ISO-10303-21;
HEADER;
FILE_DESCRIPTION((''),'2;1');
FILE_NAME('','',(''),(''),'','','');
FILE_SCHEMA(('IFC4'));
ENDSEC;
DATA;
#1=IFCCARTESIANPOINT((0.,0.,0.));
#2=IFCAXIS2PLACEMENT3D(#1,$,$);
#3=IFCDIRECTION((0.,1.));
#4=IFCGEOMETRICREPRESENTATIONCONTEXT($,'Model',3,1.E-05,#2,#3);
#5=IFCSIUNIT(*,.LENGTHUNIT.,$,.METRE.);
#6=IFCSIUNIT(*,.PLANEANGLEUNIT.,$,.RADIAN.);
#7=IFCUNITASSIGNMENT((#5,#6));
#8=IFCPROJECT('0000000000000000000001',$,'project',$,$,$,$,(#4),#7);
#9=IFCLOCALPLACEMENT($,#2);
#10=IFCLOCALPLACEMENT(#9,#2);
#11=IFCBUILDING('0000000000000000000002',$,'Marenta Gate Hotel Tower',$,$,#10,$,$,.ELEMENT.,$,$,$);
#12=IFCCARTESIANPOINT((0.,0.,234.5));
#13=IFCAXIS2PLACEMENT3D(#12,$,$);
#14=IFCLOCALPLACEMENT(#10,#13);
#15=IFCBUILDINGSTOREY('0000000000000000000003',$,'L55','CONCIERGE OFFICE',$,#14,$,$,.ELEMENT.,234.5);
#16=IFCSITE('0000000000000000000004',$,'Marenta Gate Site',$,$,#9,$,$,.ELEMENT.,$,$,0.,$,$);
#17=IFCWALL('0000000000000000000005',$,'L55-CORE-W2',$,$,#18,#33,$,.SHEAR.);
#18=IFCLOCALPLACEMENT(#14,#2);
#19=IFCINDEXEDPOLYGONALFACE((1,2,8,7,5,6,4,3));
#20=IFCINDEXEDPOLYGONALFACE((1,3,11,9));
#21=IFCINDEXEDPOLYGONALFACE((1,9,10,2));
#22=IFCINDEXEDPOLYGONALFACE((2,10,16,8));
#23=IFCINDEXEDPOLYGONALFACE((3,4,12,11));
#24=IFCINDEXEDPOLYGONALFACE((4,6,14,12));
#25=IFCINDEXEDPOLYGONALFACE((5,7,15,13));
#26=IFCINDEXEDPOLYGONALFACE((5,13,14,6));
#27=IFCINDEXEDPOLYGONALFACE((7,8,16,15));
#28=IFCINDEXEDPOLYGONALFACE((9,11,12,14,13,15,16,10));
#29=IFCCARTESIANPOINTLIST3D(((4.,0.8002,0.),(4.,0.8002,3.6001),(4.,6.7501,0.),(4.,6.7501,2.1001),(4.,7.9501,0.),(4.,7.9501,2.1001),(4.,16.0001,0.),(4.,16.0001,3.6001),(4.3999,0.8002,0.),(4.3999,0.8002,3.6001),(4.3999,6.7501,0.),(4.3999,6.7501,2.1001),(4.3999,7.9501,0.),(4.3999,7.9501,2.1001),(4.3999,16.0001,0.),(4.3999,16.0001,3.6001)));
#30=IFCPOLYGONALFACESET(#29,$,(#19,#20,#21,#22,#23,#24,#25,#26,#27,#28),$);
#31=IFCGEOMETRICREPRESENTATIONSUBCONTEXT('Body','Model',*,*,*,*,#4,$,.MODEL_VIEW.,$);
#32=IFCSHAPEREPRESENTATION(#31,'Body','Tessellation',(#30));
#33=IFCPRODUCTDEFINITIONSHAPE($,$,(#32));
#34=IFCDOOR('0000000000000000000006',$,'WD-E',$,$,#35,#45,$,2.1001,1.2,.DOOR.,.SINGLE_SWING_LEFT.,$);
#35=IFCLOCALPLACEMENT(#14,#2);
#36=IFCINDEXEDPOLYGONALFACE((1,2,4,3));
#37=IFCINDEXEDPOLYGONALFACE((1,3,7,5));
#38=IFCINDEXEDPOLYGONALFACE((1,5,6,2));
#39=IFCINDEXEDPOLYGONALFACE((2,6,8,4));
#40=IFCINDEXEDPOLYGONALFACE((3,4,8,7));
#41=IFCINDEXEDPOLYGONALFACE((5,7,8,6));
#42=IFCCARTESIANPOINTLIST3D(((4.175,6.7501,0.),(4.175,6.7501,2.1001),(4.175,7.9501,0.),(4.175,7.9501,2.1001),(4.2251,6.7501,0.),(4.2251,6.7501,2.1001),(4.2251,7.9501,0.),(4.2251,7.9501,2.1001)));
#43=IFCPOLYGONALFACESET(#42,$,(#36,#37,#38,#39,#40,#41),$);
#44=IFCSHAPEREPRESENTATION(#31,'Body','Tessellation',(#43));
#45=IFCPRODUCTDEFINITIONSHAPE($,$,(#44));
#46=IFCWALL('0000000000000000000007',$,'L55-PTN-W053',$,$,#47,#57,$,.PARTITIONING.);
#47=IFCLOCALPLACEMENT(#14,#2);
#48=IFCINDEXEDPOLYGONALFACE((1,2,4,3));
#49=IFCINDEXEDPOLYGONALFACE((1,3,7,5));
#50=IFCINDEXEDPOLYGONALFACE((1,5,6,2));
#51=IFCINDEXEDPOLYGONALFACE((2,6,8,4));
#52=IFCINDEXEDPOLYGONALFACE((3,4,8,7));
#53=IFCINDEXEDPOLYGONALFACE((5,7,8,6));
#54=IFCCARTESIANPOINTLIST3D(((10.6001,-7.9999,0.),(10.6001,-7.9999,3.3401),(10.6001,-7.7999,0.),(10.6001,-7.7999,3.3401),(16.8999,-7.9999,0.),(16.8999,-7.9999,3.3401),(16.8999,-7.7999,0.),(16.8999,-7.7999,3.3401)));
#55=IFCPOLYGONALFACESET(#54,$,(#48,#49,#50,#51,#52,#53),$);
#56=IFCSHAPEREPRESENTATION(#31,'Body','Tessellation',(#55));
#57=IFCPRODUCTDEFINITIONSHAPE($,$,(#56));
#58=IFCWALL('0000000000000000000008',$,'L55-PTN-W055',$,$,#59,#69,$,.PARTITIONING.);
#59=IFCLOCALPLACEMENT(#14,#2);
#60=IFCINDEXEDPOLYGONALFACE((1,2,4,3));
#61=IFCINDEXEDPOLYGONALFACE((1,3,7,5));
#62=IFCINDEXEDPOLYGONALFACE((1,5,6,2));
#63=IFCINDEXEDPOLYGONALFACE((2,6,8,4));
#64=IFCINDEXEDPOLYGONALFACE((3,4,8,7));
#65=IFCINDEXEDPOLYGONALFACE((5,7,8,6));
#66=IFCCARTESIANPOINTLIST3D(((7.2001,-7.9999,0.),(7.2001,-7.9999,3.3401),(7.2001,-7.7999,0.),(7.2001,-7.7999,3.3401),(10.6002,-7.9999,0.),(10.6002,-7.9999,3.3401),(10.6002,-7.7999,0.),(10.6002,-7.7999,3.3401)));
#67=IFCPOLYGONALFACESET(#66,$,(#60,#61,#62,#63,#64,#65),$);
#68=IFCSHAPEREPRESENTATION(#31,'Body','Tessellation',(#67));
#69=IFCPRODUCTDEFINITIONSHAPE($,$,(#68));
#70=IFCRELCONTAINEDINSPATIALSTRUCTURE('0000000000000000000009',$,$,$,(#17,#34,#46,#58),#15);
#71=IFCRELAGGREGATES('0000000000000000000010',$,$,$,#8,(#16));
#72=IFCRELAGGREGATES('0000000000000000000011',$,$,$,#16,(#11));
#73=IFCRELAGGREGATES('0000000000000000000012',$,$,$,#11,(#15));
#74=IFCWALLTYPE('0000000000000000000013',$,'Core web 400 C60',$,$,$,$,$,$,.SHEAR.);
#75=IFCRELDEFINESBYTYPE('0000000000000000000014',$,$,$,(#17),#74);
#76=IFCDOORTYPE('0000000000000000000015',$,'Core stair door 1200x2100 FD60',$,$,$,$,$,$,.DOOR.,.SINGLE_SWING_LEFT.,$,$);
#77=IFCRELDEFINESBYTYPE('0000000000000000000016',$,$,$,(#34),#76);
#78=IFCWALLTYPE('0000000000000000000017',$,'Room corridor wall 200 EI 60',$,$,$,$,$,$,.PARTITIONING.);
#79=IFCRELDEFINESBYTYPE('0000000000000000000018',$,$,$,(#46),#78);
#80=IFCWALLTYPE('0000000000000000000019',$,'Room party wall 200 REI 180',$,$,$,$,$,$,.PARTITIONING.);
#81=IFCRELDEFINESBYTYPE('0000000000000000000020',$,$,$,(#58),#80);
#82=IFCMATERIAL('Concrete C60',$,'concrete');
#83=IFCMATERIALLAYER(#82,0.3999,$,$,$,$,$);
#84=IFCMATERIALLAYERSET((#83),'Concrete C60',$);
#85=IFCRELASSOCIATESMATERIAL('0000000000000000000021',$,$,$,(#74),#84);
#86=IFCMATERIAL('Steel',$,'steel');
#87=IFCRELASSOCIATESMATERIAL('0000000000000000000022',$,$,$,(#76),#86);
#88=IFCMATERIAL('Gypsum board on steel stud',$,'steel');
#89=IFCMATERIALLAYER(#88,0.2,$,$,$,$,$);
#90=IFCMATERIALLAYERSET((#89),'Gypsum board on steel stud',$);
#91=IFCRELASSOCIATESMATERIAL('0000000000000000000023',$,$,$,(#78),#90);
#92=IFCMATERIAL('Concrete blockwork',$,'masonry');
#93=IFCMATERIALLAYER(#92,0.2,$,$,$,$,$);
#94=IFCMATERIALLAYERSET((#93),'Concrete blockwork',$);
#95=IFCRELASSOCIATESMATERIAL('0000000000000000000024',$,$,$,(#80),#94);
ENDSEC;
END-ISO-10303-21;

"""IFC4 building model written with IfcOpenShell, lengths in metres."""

from ifc_helpers import new_model, si_unit, direction, frame, frame_2d, origin, place, context, subcontext, project, spatial, rectangle, extrude, material, layer, layer_set, type_object, element, fill, save


model = new_model("IFC4")

# Units and contexts
model_context = context("Model", 3, precision=1e-05, world=origin(), true_north=direction((0.0, 1.0)))
body_context = subcontext(model_context, "Body", "Model", "MODEL_VIEW")
ifc_project = project(units=[si_unit("LENGTHUNIT", "METRE"), si_unit("PLANEANGLEUNIT", "RADIAN")], contexts=[model_context])

# Site, building, storey
site_placement = place(None, origin())
site = spatial("IfcSite", under=ifc_project, at=site_placement, Name="Marenta Gate Site", CompositionType="ELEMENT", RefElevation=0.0)
building_placement = place(site_placement, origin())
building = spatial("IfcBuilding", under=site, at=building_placement, Name="Marenta Gate Hotel Tower", CompositionType="ELEMENT")
storey_placement = place(building_placement, frame((0.0, 0.0, 234.5)))
storey = spatial("IfcBuildingStorey", under=building, at=storey_placement, Name="L55", Description="CONCIERGE OFFICE", CompositionType="ELEMENT", Elevation=234.5)

# Wall, opening, door
ifc_material_1 = material(Name="Concrete C60", Category="concrete")
ifc_layer_1 = layer(ifc_material_1, 0.3999)
ifc_layer_set_1 = layer_set([ifc_layer_1], Name="Concrete C60")
wall_type_1 = type_object("IfcWallType", Name="Core web 400 C60", PredefinedType="SHEAR", material=ifc_layer_set_1)
wall_1_placement = place(storey_placement, frame((4.2, 0.8, 0.0), z_axis=(0.0, 0.0, 1.0), x_axis=(0.0, 1.0, 0.0)))
wall_1 = element("IfcWall", 1, at=wall_1_placement, inside=storey, type_object=wall_type_1, Name="L55-CORE-W2", PredefinedType="SHEAR", context=body_context, shape_type="SweptSolid", body=[
    extrude(rectangle(XDim=15.2, YDim=0.3999, at=frame_2d((7.6001, 0.0))), origin(), (0.0, 0.0, 1.0), 3.6001),
])
opening_1_placement = place(wall_1_placement, frame((5.95, 0.0, 0.0)))
opening_1 = element("IfcOpeningElement", 2, at=opening_1_placement, cuts=wall_1, PredefinedType="OPENING", context=body_context, shape_type="SweptSolid", body=[
    extrude(rectangle(XDim=1.2, YDim=2.1001, at=frame_2d((0.6001, 1.05))), frame((0.0, 0.2, 0.0), z_axis=(0.0, -1.0, 0.0), x_axis=(1.0, 0.0, 0.0)), (0.0, 0.0, 1.0), 0.3999),
])
ifc_material_2 = material(Name="Steel", Category="steel")
door_type_1 = type_object("IfcDoorType", Name="Core stair door 1200x2100 FD60", OperationType="SINGLE_SWING_LEFT", PredefinedType="DOOR", material=ifc_material_2)
door_1_placement = place(opening_1_placement, origin())
door_1 = element("IfcDoor", 3, at=door_1_placement, inside=storey, type_object=door_type_1, Name="WD-E", OperationType="SINGLE_SWING_LEFT", OverallHeight=2.1001, OverallWidth=1.2, PredefinedType="DOOR", context=body_context, shape_type="SweptSolid", body=[
    extrude(rectangle(XDim=1.2, YDim=2.1001, at=frame_2d((0.6001, 1.05))), frame((0.0, 0.0249, 0.0), z_axis=(0.0, -1.0, 0.0), x_axis=(1.0, 0.0, 0.0)), (0.0, 0.0, 1.0), 0.05),
])
fill(opening_1, door_1)

# Walls
ifc_material_3 = material(Name="Gypsum board on steel stud", Category="steel")
ifc_layer_2 = layer(ifc_material_3, 0.2)
ifc_layer_set_2 = layer_set([ifc_layer_2], Name="Gypsum board on steel stud")
wall_type_2 = type_object("IfcWallType", Name="Room corridor wall 200 EI 60", PredefinedType="PARTITIONING", material=ifc_layer_set_2)
wall_2_placement = place(storey_placement, frame((10.6001, -7.8999, 0.0), z_axis=(0.0, 0.0, 1.0), x_axis=(1.0, 0.0, 0.0)))
element("IfcWall", 4, at=wall_2_placement, inside=storey, type_object=wall_type_2, Name="L55-PTN-W053", PredefinedType="PARTITIONING", context=body_context, shape_type="SweptSolid", body=[
    extrude(rectangle(XDim=6.2998, YDim=0.2, at=frame_2d((3.1499, 0.0))), origin(), (0.0, 0.0, 1.0), 3.3401),
])
ifc_material_4 = material(Name="Concrete blockwork", Category="masonry")
ifc_layer_3 = layer(ifc_material_4, 0.2)
ifc_layer_set_3 = layer_set([ifc_layer_3], Name="Concrete blockwork")
wall_type_3 = type_object("IfcWallType", Name="Room party wall 200 REI 180", PredefinedType="PARTITIONING", material=ifc_layer_set_3)
wall_3_placement = place(storey_placement, frame((7.2, -7.8999, 0.0), z_axis=(0.0, 0.0, 1.0), x_axis=(1.0, 0.0, 0.0)))
element("IfcWall", 5, at=wall_3_placement, inside=storey, type_object=wall_type_3, Name="L55-PTN-W055", PredefinedType="PARTITIONING", context=body_context, shape_type="SweptSolid", body=[
    extrude(rectangle(XDim=3.4001, YDim=0.2, at=frame_2d((1.7002, 0.0))), origin(), (0.0, 0.0, 1.0), 3.3401),
])

save(model, "model.ifc")
